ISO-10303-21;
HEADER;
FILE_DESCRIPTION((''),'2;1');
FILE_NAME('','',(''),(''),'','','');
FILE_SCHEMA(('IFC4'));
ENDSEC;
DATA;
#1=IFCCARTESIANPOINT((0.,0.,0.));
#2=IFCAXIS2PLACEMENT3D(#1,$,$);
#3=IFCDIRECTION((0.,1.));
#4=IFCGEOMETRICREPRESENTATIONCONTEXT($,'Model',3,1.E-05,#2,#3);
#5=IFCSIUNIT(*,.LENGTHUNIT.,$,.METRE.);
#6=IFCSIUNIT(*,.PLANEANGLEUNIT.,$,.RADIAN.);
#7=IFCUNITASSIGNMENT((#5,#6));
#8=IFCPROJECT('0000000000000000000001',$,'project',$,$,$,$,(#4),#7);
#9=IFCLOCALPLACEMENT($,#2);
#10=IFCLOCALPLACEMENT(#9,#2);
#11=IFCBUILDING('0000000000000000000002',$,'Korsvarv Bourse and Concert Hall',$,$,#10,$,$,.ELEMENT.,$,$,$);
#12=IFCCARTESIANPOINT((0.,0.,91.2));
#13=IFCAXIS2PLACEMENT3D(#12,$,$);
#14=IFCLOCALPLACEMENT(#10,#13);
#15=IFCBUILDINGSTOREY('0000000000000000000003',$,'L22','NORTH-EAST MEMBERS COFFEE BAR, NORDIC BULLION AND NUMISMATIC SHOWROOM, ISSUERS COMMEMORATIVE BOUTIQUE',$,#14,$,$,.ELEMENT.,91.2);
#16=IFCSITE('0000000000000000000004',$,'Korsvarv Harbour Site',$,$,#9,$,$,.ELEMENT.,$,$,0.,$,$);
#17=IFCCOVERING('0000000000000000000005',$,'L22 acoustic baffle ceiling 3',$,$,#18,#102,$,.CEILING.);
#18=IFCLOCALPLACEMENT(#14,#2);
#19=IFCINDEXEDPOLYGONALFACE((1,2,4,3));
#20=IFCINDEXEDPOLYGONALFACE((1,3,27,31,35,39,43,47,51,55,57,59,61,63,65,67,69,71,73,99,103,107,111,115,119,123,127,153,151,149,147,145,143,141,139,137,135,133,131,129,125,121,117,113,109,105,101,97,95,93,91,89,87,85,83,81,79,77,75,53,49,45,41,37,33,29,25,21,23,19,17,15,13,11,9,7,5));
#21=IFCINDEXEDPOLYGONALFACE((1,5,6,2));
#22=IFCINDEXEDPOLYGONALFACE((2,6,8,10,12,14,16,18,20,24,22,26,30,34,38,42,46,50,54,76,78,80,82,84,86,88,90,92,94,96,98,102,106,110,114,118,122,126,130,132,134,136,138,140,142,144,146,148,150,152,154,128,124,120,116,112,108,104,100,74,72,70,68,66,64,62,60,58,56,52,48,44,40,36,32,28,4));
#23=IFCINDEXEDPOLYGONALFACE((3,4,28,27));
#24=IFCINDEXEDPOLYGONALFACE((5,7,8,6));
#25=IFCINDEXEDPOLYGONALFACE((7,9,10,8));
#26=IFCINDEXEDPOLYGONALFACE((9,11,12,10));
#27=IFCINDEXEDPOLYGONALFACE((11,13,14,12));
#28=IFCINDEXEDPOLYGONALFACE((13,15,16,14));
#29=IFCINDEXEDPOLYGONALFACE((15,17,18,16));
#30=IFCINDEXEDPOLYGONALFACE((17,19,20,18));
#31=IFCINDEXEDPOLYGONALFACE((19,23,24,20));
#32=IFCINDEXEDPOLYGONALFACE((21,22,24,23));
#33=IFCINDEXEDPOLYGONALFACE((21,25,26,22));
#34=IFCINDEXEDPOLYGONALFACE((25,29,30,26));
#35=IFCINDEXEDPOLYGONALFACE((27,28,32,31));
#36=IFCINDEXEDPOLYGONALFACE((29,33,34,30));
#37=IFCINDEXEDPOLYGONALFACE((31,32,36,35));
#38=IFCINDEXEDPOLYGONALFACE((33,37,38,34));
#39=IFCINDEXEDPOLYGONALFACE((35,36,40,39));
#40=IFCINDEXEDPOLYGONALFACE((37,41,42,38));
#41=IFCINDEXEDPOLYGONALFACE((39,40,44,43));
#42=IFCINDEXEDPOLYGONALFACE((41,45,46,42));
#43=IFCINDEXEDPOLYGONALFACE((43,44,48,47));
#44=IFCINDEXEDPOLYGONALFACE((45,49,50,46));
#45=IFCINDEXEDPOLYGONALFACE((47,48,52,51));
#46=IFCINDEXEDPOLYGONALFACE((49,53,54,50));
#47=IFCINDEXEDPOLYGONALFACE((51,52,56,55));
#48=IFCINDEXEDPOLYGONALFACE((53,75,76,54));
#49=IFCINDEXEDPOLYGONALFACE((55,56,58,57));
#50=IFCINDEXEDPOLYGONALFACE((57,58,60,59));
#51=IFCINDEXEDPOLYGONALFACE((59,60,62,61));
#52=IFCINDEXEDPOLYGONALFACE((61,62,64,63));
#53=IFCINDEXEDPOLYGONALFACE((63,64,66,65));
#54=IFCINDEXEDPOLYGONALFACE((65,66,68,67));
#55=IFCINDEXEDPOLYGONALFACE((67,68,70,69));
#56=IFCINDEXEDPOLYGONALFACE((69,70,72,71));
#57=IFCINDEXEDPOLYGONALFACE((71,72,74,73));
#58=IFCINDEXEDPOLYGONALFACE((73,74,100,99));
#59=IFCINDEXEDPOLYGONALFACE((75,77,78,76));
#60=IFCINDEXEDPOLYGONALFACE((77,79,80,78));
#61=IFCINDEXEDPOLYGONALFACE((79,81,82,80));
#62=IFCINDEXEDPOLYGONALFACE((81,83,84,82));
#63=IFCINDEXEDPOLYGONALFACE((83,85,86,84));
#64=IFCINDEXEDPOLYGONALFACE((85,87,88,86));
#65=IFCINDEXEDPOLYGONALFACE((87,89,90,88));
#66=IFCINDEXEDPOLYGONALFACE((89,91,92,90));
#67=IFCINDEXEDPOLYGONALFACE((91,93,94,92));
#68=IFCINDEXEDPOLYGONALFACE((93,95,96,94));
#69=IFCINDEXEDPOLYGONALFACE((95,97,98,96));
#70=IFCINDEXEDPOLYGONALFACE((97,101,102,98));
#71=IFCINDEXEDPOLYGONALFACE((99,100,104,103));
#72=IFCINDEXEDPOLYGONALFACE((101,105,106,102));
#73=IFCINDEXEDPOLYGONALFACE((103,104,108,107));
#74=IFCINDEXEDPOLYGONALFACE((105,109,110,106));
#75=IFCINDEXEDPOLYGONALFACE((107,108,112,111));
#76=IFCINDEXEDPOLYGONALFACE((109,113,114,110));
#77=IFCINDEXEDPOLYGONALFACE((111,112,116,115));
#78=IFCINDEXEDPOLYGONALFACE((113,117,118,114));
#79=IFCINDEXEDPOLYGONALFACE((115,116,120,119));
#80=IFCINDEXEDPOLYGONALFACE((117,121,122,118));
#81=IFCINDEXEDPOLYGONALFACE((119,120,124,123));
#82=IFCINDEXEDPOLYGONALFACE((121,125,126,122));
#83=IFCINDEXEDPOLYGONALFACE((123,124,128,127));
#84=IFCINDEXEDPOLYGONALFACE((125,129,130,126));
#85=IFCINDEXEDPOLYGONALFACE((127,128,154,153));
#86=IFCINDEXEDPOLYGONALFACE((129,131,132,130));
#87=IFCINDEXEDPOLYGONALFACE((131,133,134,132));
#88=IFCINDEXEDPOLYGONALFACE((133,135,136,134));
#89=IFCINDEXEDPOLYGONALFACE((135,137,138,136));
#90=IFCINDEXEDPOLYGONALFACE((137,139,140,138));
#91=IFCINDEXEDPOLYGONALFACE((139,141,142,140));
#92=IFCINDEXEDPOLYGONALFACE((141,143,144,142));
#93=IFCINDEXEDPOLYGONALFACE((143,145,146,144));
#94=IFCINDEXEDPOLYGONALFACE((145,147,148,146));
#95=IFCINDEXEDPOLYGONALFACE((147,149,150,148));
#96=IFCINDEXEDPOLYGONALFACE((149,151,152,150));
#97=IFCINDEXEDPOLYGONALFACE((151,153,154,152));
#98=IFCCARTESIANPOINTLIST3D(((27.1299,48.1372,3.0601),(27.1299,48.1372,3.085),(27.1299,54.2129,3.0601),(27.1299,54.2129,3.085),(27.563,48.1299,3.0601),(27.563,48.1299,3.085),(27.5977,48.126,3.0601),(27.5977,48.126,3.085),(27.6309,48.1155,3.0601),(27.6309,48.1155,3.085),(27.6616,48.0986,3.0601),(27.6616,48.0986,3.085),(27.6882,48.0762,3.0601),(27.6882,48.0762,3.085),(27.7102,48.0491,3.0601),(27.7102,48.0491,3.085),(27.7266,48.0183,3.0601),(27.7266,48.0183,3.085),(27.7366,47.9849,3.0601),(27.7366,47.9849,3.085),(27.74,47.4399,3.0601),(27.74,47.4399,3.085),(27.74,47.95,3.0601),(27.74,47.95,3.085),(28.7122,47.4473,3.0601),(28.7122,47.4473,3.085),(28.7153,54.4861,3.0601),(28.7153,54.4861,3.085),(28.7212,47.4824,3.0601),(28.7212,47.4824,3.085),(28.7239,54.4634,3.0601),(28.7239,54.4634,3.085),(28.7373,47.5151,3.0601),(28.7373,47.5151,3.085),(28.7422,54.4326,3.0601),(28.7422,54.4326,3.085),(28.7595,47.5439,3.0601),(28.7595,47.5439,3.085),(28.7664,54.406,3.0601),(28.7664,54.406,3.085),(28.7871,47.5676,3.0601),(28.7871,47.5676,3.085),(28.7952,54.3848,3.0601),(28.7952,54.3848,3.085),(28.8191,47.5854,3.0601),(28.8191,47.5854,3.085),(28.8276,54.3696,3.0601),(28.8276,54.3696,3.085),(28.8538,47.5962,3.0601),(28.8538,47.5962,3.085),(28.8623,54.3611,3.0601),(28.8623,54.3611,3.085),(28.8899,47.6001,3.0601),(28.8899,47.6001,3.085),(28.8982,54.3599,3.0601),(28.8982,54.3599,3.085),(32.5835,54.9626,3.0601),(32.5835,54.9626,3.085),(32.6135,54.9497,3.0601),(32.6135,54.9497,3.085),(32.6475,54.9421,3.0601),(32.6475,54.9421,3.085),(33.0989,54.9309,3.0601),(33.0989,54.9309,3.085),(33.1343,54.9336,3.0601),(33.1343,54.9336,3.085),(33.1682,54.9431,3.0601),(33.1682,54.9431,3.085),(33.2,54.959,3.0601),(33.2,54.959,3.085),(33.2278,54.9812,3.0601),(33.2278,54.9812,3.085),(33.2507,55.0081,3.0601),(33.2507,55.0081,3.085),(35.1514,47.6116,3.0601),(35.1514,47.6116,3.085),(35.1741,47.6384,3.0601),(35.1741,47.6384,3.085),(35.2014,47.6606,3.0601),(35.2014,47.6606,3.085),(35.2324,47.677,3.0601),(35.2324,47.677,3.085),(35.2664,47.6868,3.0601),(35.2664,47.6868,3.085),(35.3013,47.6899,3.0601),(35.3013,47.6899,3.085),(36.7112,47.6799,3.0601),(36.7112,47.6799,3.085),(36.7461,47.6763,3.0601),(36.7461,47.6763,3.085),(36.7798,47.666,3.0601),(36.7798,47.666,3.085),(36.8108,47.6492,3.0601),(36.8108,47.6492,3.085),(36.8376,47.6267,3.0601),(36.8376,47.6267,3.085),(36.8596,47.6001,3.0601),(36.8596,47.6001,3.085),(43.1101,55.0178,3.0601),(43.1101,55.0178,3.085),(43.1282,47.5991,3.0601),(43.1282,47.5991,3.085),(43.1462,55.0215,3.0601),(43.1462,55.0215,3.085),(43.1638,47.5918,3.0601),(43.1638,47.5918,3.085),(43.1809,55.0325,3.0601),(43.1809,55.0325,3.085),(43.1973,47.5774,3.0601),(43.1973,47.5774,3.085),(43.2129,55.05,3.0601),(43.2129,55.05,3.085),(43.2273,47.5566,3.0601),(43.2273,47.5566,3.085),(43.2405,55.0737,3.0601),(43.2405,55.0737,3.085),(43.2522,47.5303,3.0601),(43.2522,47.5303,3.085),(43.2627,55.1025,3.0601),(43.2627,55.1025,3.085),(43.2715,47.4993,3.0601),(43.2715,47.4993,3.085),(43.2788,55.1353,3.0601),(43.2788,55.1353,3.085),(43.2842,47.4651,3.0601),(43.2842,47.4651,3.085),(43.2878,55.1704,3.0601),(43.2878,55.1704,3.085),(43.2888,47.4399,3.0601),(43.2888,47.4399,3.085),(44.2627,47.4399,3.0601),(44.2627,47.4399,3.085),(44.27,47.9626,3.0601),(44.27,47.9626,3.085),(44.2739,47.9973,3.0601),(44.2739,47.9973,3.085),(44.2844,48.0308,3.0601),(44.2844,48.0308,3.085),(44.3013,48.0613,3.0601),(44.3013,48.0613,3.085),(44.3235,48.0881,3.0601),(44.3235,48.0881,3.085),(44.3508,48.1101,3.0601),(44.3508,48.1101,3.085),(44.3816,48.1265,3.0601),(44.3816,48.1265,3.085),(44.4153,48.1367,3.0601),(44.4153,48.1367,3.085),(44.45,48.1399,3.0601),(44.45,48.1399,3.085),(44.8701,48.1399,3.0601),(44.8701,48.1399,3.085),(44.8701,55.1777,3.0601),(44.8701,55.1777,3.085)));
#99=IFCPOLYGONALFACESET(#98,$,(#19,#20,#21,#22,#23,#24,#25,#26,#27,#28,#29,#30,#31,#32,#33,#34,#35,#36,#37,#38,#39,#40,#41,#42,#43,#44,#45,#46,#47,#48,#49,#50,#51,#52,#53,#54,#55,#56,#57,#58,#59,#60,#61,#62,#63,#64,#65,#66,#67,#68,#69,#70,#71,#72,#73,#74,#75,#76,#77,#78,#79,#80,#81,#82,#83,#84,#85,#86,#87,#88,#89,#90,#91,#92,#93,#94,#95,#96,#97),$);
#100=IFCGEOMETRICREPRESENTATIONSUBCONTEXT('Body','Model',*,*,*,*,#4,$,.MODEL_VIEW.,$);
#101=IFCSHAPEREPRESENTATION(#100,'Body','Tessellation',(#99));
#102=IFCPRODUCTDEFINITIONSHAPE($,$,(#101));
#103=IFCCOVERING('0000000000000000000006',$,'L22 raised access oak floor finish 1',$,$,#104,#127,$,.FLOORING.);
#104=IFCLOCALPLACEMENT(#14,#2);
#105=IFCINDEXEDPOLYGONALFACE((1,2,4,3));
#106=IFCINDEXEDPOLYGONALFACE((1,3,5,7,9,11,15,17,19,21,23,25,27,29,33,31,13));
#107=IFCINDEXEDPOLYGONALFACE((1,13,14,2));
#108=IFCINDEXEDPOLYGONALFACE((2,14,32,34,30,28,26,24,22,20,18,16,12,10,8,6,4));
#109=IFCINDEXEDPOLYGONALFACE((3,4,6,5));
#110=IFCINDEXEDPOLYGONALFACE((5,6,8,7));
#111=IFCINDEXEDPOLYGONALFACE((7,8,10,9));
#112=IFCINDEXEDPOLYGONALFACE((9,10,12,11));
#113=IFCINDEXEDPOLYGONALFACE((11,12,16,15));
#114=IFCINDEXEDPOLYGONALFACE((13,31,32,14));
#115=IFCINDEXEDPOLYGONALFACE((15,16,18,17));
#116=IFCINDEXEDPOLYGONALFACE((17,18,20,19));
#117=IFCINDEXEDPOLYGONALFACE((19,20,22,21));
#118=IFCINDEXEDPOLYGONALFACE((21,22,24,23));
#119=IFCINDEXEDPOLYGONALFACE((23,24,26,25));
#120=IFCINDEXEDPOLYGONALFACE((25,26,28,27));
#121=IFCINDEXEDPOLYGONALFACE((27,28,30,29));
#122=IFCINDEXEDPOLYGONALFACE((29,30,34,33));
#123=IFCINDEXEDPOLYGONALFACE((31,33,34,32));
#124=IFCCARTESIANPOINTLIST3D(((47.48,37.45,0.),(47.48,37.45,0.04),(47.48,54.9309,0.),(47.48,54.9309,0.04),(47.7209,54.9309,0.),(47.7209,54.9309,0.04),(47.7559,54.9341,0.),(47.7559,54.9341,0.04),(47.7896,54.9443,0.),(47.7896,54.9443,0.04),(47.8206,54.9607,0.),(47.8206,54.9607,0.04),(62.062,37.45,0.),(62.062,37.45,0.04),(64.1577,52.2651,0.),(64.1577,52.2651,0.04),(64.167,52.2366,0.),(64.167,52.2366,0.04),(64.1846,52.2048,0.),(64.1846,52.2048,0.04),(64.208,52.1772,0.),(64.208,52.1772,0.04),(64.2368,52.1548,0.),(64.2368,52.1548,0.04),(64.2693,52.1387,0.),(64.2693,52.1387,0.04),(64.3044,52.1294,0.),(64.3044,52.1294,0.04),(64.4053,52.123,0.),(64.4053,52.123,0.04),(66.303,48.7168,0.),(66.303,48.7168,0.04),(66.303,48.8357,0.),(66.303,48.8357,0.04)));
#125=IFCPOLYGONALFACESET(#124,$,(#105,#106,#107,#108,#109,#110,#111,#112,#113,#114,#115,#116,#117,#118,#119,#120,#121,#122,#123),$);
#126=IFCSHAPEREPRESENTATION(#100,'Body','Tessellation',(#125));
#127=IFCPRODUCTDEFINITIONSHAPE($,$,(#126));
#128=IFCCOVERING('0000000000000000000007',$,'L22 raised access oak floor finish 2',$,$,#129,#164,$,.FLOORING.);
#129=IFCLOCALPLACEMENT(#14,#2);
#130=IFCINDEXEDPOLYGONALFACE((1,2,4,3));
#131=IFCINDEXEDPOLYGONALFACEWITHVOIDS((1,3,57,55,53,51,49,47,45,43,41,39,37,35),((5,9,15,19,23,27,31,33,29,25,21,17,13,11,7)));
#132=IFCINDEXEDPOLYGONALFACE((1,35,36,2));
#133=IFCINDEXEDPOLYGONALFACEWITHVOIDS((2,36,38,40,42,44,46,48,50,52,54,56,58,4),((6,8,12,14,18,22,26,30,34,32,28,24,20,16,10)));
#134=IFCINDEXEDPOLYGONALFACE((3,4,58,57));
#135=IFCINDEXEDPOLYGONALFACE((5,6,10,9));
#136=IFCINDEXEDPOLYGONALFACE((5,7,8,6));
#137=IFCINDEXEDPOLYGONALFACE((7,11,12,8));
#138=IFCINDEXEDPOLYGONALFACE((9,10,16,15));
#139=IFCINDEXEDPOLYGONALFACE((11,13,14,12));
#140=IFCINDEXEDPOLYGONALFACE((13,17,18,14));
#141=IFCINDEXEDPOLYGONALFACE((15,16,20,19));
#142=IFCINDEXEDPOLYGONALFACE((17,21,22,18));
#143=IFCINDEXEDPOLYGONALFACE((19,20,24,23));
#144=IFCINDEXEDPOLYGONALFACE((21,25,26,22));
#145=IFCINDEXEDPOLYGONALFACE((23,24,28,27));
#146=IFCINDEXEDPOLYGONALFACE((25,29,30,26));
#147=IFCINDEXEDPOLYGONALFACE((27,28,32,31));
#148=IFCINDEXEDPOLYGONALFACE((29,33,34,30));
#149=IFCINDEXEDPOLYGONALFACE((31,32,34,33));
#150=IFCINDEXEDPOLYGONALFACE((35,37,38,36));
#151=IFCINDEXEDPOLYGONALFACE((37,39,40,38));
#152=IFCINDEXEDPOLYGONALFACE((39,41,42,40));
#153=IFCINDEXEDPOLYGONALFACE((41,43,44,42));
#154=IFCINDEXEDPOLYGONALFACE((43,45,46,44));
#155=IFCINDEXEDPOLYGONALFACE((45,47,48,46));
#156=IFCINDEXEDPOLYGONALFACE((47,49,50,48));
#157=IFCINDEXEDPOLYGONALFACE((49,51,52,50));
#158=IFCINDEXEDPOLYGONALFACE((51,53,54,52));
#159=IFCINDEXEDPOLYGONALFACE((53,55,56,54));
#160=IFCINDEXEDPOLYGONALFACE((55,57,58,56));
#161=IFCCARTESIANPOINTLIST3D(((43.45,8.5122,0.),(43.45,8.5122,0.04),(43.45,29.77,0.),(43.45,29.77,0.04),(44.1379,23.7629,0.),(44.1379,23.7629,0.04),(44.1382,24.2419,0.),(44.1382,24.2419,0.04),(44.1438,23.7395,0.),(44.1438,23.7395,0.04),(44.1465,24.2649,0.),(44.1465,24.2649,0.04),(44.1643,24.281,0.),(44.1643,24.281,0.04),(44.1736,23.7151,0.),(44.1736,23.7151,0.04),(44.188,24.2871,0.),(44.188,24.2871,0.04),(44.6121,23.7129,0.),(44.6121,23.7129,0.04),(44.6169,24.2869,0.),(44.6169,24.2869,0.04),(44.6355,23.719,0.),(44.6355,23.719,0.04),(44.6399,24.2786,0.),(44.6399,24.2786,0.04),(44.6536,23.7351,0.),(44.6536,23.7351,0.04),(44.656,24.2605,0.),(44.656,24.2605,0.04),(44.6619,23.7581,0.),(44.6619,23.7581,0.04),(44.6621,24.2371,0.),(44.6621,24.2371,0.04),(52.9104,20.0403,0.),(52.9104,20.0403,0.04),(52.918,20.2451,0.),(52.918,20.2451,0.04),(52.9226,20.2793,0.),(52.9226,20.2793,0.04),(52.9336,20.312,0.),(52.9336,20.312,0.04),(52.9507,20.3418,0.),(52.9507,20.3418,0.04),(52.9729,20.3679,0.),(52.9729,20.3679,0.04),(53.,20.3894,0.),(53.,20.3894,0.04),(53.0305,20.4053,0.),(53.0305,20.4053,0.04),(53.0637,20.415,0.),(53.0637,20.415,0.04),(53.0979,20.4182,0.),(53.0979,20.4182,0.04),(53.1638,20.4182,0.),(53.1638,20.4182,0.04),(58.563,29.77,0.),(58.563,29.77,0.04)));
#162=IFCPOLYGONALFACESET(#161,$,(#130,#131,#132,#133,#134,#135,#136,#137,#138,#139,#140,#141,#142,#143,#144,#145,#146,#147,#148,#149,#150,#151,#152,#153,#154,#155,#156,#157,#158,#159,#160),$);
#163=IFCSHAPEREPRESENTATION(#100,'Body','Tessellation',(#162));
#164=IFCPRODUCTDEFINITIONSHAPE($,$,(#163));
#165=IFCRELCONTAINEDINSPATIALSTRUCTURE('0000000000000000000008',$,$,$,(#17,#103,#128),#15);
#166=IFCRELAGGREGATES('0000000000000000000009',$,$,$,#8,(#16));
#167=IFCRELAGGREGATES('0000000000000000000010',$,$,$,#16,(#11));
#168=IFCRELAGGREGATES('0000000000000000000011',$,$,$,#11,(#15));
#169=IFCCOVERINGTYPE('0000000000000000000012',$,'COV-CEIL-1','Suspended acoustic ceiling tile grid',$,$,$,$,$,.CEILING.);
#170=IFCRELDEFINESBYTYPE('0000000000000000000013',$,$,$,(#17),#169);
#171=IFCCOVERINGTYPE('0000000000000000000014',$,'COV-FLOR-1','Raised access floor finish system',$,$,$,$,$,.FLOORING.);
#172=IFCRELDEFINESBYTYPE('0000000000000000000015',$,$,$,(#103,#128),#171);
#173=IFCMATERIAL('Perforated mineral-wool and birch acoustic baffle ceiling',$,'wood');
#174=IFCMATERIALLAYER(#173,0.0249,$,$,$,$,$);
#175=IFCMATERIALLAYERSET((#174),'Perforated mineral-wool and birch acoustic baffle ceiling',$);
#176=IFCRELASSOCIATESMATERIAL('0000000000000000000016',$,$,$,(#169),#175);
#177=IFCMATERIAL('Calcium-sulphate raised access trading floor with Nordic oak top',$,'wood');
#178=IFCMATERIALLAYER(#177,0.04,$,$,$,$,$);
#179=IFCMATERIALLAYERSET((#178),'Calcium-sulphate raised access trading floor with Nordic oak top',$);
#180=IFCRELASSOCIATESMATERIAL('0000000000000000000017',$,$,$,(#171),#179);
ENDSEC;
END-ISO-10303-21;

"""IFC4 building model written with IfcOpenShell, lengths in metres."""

from ifc_helpers import new_model, si_unit, direction, frame, origin, place, context, subcontext, project, spatial, polyline, outline, extrude, material, layer, layer_set, type_object, element, save


model = new_model("IFC4")

# Units and contexts
model_context = context("Model", 3, precision=1e-05, world=origin(), true_north=direction((0.0, 1.0)))
body_context = subcontext(model_context, "Body", "Model", "MODEL_VIEW")
ifc_project = project(units=[si_unit("LENGTHUNIT", "METRE"), si_unit("PLANEANGLEUNIT", "RADIAN")], contexts=[model_context])

# Site, building, storey
site_placement = place(None, origin())
site = spatial("IfcSite", under=ifc_project, at=site_placement, Name="Korsvarv Harbour Site", CompositionType="ELEMENT", RefElevation=0.0)
building_placement = place(site_placement, origin())
building = spatial("IfcBuilding", under=site, at=building_placement, Name="Korsvarv Bourse and Concert Hall", CompositionType="ELEMENT")
storey_placement = place(building_placement, frame((0.0, 0.0, 91.2)))
storey = spatial("IfcBuildingStorey", under=building, at=storey_placement, Name="L22", Description="NORTH-EAST MEMBERS COFFEE BAR, NORDIC BULLION AND NUMISMATIC SHOWROOM, ISSUERS COMMEMORATIVE BOUTIQUE", CompositionType="ELEMENT", Elevation=91.2)

# Coverings
ifc_material_1 = material(Name="Perforated mineral-wool and birch acoustic baffle ceiling", Category="wood")
ifc_layer_1 = layer(ifc_material_1, 0.0249)
ifc_layer_set_1 = layer_set([ifc_layer_1], Name="Perforated mineral-wool and birch acoustic baffle ceiling")
covering_type_1 = type_object("IfcCoveringType", Name="COV-CEIL-1", Description="Suspended acoustic ceiling tile grid", PredefinedType="CEILING", material=ifc_layer_set_1)
covering_1_placement = place(storey_placement, frame((0.0, 0.0, 3.0601)))
element("IfcCovering", 1, at=covering_1_placement, inside=storey, type_object=covering_type_1, Name="L22 acoustic baffle ceiling 3", PredefinedType="CEILING", context=body_context, shape_type="SweptSolid", body=[
    extrude(outline(polyline([(28.7153, 54.4861), (28.7239, 54.4634), (28.7422, 54.4326), (28.7664, 54.406), (28.7952, 54.3848), (28.8276, 54.3696), (28.8623, 54.3611), (28.8982, 54.3599), (32.5835, 54.9626), (32.6135, 54.9497), (32.6475, 54.9421), (33.0989, 54.9309), (33.1343, 54.9336), (33.1682, 54.9431), (33.2, 54.959), (33.2278, 54.9812), (33.2507, 55.0081), (43.1101, 55.0178), (43.1462, 55.0215), (43.1809, 55.0325), (43.2129, 55.05), (43.2405, 55.0737), (43.2627, 55.1025), (43.2788, 55.1353), (43.2878, 55.1704), (44.8701, 55.1777), (44.8701, 48.1399), (44.45, 48.1399), (44.4153, 48.1367), (44.3816, 48.1265), (44.3508, 48.1101), (44.3235, 48.0881), (44.3013, 48.0613), (44.2844, 48.0308), (44.2739, 47.9973), (44.27, 47.9626), (44.2627, 47.4399), (43.2888, 47.4399), (43.2842, 47.4651), (43.2715, 47.4993), (43.2522, 47.5303), (43.2273, 47.5566), (43.1973, 47.5774), (43.1638, 47.5918), (43.1282, 47.5991), (36.8596, 47.6001), (36.8376, 47.6267), (36.8108, 47.6492), (36.7798, 47.666), (36.7461, 47.6763), (36.7112, 47.6799), (35.3013, 47.6899), (35.2664, 47.6868), (35.2324, 47.677), (35.2014, 47.6606), (35.1741, 47.6384), (35.1514, 47.6116), (28.8899, 47.6001), (28.8538, 47.5962), (28.8191, 47.5854), (28.7871, 47.5676), (28.7595, 47.5439), (28.7373, 47.5151), (28.7212, 47.4824), (28.7122, 47.4473), (27.74, 47.4399), (27.74, 47.95), (27.7366, 47.9849), (27.7266, 48.0183), (27.7102, 48.0491), (27.6882, 48.0762), (27.6616, 48.0986), (27.6309, 48.1155), (27.5977, 48.126), (27.563, 48.1299), (27.1299, 48.1372), (27.1299, 54.2129), (28.7153, 54.4861)])), origin(), (0.0, 0.0, 1.0), 0.0249),
])
ifc_material_2 = material(Name="Calcium-sulphate raised access trading floor with Nordic oak top", Category="wood")
ifc_layer_2 = layer(ifc_material_2, 0.04)
ifc_layer_set_2 = layer_set([ifc_layer_2], Name="Calcium-sulphate raised access trading floor with Nordic oak top")
covering_type_2 = type_object("IfcCoveringType", Name="COV-FLOR-1", Description="Raised access floor finish system", PredefinedType="FLOORING", material=ifc_layer_set_2)
covering_2_placement = place(storey_placement, origin())
element("IfcCovering", 2, at=covering_2_placement, inside=storey, type_object=covering_type_2, Name="L22 raised access oak floor finish 1", PredefinedType="FLOORING", context=body_context, shape_type="SweptSolid", body=[
    extrude(outline(polyline([(64.1577, 52.2651), (64.167, 52.2366), (64.1846, 52.2048), (64.208, 52.1772), (64.2368, 52.1548), (64.2693, 52.1387), (64.3044, 52.1294), (64.4053, 52.123), (66.303, 48.8357), (66.303, 48.7168), (62.062, 37.45), (47.48, 37.45), (47.48, 54.9309), (47.7209, 54.9309), (47.7559, 54.9341), (47.7896, 54.9443), (47.8206, 54.9607), (64.1577, 52.2651)])), origin(), (0.0, 0.0, 1.0), 0.04),
])
covering_3_placement = place(storey_placement, origin())
element("IfcCovering", 3, at=covering_3_placement, inside=storey, type_object=covering_type_2, Name="L22 raised access oak floor finish 2", PredefinedType="FLOORING", context=body_context, shape_type="SweptSolid", body=[
    extrude(outline(polyline([(53.0979, 20.4182), (53.0637, 20.415), (53.0305, 20.4053), (53.0, 20.3894), (52.9729, 20.3679), (52.9507, 20.3418), (52.9336, 20.312), (52.9226, 20.2793), (52.918, 20.2451), (52.9104, 20.0403), (43.45, 8.5122), (43.45, 29.77), (58.563, 29.77), (53.1638, 20.4182), (53.0979, 20.4182)]), holes=[polyline([(44.1736, 23.7151), (44.6121, 23.7129), (44.6355, 23.719), (44.6536, 23.7351), (44.6619, 23.7581), (44.6621, 24.2371), (44.656, 24.2605), (44.6399, 24.2786), (44.6169, 24.2869), (44.188, 24.2871), (44.1643, 24.281), (44.1465, 24.2649), (44.1382, 24.2419), (44.1379, 23.7629), (44.1438, 23.7395), (44.1736, 23.7151)])]), origin(), (0.0, 0.0, 1.0), 0.04),
])

save(model, "model.ifc")
